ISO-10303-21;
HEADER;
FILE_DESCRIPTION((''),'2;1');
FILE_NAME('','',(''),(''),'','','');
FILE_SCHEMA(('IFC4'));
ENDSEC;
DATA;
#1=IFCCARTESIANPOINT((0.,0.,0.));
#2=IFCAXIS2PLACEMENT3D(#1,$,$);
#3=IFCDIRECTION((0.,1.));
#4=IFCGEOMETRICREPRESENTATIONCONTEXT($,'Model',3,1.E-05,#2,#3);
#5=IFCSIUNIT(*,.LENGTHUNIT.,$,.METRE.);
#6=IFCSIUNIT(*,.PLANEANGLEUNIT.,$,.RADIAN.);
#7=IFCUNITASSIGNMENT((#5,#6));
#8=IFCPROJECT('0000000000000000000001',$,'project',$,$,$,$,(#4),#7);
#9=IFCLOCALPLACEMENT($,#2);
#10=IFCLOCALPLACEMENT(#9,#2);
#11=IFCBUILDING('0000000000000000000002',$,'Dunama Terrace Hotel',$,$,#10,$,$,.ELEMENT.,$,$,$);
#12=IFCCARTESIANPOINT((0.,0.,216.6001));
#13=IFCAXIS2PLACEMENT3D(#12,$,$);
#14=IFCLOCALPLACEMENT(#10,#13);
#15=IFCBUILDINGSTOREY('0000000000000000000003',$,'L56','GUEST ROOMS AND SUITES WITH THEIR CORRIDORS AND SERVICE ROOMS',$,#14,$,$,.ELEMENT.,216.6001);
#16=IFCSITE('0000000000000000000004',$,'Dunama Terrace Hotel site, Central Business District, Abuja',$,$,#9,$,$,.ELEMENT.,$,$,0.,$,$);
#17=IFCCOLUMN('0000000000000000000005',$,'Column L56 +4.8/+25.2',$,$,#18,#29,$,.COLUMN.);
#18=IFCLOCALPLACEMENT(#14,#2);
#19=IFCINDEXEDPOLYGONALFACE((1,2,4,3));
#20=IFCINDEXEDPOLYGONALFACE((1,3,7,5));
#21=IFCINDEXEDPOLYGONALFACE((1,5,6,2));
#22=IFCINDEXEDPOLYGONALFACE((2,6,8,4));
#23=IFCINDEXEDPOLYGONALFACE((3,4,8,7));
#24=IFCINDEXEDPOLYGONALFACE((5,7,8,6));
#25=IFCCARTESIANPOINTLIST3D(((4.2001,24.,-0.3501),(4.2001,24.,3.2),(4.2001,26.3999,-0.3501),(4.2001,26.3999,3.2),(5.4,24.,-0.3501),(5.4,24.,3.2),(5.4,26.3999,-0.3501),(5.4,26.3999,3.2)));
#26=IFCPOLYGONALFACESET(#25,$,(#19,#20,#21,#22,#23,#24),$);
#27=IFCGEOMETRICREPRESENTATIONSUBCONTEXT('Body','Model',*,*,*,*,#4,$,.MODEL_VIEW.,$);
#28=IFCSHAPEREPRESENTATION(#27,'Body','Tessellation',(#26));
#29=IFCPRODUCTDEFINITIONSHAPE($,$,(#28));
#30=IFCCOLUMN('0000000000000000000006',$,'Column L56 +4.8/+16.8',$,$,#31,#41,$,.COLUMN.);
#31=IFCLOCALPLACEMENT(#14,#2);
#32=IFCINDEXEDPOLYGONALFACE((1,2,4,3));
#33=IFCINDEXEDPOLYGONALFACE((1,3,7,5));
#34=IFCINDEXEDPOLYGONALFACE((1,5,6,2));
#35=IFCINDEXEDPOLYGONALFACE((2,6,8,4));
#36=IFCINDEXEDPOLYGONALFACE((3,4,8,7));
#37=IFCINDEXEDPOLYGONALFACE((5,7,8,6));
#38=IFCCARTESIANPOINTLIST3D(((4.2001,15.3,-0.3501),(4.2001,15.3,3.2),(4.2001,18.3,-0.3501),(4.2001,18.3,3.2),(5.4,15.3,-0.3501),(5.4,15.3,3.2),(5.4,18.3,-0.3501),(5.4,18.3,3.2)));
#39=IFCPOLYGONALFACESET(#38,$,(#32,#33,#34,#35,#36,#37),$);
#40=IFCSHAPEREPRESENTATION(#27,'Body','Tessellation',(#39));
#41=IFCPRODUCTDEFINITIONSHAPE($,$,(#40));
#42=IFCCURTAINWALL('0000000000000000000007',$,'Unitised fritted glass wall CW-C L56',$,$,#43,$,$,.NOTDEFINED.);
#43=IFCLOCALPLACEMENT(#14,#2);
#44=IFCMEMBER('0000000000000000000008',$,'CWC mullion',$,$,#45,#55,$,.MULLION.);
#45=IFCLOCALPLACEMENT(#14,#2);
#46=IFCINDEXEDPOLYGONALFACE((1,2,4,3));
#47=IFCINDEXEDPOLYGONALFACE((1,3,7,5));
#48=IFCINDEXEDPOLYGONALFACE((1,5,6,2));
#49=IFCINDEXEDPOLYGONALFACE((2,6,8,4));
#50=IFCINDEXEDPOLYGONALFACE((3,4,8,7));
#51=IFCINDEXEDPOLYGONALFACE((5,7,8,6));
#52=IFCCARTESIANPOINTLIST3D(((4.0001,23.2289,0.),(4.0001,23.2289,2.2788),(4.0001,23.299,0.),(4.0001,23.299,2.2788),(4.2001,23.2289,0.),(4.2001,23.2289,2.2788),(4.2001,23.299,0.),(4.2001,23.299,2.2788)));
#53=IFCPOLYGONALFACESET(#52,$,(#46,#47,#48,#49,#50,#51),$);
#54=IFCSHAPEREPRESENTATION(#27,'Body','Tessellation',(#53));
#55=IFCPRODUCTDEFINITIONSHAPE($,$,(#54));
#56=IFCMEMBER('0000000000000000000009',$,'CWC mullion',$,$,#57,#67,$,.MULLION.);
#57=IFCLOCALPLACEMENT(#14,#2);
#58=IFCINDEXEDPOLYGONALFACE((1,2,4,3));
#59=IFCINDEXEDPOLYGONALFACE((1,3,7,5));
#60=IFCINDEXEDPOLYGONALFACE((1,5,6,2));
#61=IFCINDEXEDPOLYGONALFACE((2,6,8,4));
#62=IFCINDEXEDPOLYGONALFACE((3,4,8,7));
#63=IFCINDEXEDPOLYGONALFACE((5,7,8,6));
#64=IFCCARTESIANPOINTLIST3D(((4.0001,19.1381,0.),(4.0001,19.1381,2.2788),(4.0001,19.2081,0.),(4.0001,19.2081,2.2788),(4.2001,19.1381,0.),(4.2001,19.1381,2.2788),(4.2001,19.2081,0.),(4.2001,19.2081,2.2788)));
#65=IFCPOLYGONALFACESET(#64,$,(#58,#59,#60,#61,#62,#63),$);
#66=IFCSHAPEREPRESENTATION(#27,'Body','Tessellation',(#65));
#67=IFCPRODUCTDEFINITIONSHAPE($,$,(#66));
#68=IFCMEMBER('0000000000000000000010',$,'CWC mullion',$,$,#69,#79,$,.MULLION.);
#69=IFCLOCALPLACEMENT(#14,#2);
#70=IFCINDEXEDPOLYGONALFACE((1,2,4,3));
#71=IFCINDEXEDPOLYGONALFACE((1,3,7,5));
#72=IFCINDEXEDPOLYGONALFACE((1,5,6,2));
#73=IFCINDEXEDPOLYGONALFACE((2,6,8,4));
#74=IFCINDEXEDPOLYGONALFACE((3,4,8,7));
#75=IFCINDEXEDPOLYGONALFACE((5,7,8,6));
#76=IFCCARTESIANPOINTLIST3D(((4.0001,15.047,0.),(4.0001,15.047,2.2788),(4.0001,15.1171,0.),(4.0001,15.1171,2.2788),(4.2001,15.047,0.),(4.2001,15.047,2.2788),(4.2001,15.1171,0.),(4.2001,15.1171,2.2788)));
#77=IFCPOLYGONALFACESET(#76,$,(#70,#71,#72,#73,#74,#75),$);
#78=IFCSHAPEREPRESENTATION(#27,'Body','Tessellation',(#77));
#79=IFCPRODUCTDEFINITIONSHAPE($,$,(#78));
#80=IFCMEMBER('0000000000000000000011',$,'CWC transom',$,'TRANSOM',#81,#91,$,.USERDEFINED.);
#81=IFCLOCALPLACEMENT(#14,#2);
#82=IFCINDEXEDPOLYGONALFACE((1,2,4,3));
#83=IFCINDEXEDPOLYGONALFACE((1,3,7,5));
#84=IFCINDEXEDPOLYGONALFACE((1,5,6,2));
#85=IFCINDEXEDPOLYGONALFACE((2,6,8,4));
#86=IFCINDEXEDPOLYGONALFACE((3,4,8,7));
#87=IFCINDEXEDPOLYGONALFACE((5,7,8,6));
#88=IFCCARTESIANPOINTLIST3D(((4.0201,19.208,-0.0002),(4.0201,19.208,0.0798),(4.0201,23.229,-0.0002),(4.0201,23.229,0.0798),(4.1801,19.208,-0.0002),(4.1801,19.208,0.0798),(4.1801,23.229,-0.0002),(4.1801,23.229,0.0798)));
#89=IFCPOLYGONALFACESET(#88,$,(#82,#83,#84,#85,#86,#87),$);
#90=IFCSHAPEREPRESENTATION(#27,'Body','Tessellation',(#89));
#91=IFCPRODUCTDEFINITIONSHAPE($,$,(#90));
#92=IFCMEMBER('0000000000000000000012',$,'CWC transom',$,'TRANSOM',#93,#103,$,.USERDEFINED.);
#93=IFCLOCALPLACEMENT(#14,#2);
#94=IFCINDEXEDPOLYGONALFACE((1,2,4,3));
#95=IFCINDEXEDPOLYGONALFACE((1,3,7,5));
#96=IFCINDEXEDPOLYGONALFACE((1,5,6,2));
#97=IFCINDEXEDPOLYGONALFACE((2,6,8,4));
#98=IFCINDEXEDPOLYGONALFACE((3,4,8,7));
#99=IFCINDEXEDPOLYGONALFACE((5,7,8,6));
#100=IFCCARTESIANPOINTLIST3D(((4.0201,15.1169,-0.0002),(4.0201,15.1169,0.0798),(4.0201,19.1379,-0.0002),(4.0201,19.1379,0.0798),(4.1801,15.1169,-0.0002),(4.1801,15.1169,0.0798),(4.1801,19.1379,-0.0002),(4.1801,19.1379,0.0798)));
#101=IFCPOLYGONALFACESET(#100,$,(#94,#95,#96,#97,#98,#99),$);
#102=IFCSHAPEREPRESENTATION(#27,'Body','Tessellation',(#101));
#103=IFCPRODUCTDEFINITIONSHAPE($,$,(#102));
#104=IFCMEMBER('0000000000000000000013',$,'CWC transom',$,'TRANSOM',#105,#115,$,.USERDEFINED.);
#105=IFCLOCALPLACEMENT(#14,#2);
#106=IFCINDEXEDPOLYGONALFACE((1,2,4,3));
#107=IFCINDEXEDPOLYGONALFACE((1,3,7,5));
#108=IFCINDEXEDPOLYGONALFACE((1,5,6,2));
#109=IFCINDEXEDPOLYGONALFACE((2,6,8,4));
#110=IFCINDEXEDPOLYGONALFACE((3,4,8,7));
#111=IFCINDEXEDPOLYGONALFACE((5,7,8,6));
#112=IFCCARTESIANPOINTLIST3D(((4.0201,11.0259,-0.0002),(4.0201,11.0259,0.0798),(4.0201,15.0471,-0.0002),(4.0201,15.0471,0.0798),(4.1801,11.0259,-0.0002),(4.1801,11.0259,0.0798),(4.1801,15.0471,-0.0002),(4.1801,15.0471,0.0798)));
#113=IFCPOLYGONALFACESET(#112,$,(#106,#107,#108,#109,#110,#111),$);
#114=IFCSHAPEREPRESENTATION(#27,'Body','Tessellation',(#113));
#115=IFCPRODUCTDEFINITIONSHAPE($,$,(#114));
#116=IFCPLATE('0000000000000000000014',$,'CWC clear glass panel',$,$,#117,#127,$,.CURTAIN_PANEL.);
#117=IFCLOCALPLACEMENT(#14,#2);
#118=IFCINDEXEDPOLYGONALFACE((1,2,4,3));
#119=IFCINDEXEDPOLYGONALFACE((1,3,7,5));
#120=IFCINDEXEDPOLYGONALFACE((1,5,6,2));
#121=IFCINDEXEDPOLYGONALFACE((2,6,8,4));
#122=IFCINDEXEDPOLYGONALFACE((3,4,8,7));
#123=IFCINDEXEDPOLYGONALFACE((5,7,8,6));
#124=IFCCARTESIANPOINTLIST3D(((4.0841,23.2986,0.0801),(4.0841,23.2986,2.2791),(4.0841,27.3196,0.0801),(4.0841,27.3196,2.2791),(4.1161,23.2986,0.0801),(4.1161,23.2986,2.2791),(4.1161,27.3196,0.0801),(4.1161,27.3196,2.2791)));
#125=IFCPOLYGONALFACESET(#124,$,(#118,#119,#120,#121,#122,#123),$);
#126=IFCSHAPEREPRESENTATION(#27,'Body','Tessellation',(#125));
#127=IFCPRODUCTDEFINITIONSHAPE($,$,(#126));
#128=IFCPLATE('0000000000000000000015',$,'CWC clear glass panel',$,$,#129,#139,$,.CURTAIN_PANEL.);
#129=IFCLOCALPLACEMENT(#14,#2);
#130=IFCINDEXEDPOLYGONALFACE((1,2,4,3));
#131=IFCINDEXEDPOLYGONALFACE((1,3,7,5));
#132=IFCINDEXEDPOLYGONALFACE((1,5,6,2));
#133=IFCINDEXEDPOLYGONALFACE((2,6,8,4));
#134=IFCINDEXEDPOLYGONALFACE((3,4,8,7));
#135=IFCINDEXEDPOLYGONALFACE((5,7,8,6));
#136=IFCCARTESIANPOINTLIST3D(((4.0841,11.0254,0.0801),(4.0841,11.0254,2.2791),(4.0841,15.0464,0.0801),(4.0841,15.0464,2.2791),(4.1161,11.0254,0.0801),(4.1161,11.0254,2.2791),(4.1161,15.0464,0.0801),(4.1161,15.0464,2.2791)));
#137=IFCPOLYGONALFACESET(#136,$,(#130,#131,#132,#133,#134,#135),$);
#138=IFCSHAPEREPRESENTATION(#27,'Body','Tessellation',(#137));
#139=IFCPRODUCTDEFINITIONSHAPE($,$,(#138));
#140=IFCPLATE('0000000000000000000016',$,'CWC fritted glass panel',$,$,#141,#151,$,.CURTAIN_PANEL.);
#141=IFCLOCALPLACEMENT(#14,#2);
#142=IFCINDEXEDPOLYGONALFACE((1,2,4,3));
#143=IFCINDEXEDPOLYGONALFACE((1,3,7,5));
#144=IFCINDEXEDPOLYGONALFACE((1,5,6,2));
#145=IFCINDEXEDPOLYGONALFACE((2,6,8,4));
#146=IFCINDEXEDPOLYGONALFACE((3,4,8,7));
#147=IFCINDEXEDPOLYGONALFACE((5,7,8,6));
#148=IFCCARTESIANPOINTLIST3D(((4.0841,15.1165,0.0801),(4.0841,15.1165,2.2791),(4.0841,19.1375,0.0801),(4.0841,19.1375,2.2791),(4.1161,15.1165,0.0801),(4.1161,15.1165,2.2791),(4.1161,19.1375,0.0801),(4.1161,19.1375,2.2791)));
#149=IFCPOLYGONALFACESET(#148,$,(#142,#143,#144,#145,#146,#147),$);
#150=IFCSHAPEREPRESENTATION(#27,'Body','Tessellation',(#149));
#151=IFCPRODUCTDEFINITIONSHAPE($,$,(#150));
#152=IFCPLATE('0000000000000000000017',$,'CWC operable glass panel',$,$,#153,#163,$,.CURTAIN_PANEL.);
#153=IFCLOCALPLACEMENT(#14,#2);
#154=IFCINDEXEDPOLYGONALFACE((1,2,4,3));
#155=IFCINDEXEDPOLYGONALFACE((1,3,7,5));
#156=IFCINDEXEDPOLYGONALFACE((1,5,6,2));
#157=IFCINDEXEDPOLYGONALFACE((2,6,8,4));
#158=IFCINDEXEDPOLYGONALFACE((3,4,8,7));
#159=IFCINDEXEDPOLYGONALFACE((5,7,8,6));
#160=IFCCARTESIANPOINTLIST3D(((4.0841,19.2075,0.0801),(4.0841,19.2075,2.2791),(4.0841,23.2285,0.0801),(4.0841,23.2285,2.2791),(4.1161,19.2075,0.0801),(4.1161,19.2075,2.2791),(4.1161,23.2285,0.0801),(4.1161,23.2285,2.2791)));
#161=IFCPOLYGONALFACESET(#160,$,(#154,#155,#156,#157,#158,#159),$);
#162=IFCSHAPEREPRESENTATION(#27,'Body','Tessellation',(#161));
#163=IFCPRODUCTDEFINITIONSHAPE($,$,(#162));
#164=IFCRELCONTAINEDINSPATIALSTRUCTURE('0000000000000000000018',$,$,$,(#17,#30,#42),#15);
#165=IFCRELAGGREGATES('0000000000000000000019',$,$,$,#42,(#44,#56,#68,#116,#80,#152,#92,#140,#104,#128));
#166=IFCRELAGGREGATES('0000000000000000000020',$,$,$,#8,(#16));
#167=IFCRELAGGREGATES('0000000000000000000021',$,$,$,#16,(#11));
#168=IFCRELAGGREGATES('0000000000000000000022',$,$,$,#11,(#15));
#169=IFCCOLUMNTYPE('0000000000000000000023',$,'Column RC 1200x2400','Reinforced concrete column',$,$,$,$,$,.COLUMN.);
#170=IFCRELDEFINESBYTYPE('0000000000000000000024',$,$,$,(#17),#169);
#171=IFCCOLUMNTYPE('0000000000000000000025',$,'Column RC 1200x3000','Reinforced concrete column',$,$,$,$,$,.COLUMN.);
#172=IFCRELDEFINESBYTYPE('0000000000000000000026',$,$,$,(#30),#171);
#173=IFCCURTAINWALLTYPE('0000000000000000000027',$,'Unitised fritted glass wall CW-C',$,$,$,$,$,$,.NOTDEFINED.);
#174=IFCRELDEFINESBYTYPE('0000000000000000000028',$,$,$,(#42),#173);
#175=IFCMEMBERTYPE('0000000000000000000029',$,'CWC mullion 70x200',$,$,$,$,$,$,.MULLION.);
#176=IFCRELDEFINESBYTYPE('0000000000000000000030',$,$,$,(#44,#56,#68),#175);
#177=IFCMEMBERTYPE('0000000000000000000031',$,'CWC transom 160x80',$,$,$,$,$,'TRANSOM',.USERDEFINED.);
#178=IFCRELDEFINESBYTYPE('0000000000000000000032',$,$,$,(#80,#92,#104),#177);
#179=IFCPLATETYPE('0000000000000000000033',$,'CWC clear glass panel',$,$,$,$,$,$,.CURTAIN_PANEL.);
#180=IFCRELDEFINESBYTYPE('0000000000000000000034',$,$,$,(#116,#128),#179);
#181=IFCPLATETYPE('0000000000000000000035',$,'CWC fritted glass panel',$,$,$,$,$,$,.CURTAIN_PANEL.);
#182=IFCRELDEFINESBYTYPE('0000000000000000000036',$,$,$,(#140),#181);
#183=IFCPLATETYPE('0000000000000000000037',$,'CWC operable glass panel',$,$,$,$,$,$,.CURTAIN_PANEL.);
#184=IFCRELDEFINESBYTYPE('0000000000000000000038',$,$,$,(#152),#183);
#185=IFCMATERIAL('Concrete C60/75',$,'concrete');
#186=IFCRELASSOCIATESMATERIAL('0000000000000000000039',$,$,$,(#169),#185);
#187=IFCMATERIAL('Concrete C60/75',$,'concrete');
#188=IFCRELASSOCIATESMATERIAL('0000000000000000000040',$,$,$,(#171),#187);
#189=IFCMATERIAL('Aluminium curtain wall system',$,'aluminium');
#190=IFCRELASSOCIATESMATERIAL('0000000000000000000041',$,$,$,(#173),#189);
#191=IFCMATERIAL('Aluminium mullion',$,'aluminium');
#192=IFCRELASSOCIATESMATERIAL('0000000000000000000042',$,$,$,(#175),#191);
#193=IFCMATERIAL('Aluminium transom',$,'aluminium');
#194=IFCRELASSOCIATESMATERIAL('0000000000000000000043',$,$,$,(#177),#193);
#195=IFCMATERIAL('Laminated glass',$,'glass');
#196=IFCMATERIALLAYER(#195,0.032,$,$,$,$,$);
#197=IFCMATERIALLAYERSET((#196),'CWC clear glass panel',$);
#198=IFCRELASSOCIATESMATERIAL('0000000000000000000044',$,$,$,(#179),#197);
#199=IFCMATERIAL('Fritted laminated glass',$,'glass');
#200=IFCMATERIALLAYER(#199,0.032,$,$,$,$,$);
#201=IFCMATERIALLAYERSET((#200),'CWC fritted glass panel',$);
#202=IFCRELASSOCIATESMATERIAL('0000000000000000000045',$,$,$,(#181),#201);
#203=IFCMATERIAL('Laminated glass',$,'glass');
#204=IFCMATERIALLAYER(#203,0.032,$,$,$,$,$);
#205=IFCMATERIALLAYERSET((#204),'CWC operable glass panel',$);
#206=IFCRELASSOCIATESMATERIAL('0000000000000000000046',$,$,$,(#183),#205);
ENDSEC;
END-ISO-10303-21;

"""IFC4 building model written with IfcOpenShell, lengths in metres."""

from ifc_helpers import new_model, si_unit, direction, frame, origin, origin_2d, place, context, subcontext, project, spatial, rectangle, extrude, material, layer, layer_set, material_profile, profile_set, type_object, element, aggregate, save


model = new_model("IFC4")

# Units and contexts
model_context = context("Model", 3, precision=1e-05, world=origin(), true_north=direction((0.0, 1.0)))
body_context = subcontext(model_context, "Body", "Model", "MODEL_VIEW")
ifc_project = project(units=[si_unit("LENGTHUNIT", "METRE"), si_unit("PLANEANGLEUNIT", "RADIAN")], contexts=[model_context])

# Site, building, storey
site_placement = place(None, origin())
site = spatial("IfcSite", under=ifc_project, at=site_placement, Name="Dunama Terrace Hotel site, Central Business District, Abuja", CompositionType="ELEMENT", RefElevation=0.0)
building_placement = place(site_placement, origin())
building = spatial("IfcBuilding", under=site, at=building_placement, Name="Dunama Terrace Hotel", CompositionType="ELEMENT")
storey_placement = place(building_placement, frame((0.0, 0.0, 216.6001)))
storey = spatial("IfcBuildingStorey", under=building, at=storey_placement, Name="L56", Description="GUEST ROOMS AND SUITES WITH THEIR CORRIDORS AND SERVICE ROOMS", CompositionType="ELEMENT", Elevation=216.6001)

# Columns
ifc_material_1 = material(Name="Concrete C60/75", Category="concrete")
ifc_material_profile_1 = material_profile(ifc_material_1, rectangle(XDim=1.2, YDim=2.3999, at=origin_2d()), Name="RC 1200x2400")
ifc_profile_set_1 = profile_set([ifc_material_profile_1], Name="Concrete C60/75")
column_type_1 = type_object("IfcColumnType", Name="Column RC 1200x2400", Description="Reinforced concrete column", PredefinedType="COLUMN", material=ifc_profile_set_1)
column_1_placement = place(storey_placement, frame((4.8, 25.2, -0.3501), z_axis=(0.0, 0.0, 1.0), x_axis=(1.0, 0.0, 0.0)))
element("IfcColumn", 1, at=column_1_placement, inside=storey, type_object=column_type_1, Name="Column L56 +4.8/+25.2", PredefinedType="COLUMN", context=body_context, shape_type="SweptSolid", body=[
    extrude(rectangle(XDim=1.2, YDim=2.3999, at=origin_2d()), origin(), (0.0, 0.0, 1.0), 3.55),
])
ifc_material_2 = material(Name="Concrete C60/75", Category="concrete")
ifc_material_profile_2 = material_profile(ifc_material_2, rectangle(XDim=1.2, YDim=3.0, at=origin_2d()), Name="RC 1200x3000")
ifc_profile_set_2 = profile_set([ifc_material_profile_2], Name="Concrete C60/75")
column_type_2 = type_object("IfcColumnType", Name="Column RC 1200x3000", Description="Reinforced concrete column", PredefinedType="COLUMN", material=ifc_profile_set_2)
column_2_placement = place(storey_placement, frame((4.8, 16.8, -0.3501), z_axis=(0.0, 0.0, 1.0), x_axis=(1.0, 0.0, 0.0)))
element("IfcColumn", 2, at=column_2_placement, inside=storey, type_object=column_type_2, Name="Column L56 +4.8/+16.8", PredefinedType="COLUMN", context=body_context, shape_type="SweptSolid", body=[
    extrude(rectangle(XDim=1.2, YDim=3.0, at=origin_2d()), origin(), (0.0, 0.0, 1.0), 3.55),
])

# Curtain wall, members, plates
ifc_material_3 = material(Name="Aluminium curtain wall system", Category="aluminium")
curtain_wall_type = type_object("IfcCurtainWallType", Name="Unitised fritted glass wall CW-C", PredefinedType="NOTDEFINED", material=ifc_material_3)
curtain_wall_placement = place(storey_placement, origin())
curtain_wall = element("IfcCurtainWall", 3, at=curtain_wall_placement, inside=storey, type_object=curtain_wall_type, Name="Unitised fritted glass wall CW-C L56", PredefinedType="NOTDEFINED")
ifc_material_4 = material(Name="Aluminium mullion", Category="aluminium")
ifc_material_profile_3 = material_profile(ifc_material_4, rectangle(XDim=0.0701, YDim=0.2, at=origin_2d()), Name="CWC MULLION 70X200")
ifc_profile_set_3 = profile_set([ifc_material_profile_3], Name="Aluminium mullion")
member_type_1 = type_object("IfcMemberType", Name="CWC mullion 70x200", PredefinedType="MULLION", material=ifc_profile_set_3)
member_1_placement = place(storey_placement, frame((4.1001, 23.2639, 0.0), z_axis=(0.0, 0.0, 1.0), x_axis=(0.0, -1.0, 0.0)))
member_1 = element("IfcMember", 4, at=member_1_placement, type_object=member_type_1, Name="CWC mullion", PredefinedType="MULLION", context=body_context, shape_type="SweptSolid", body=[
    extrude(rectangle(XDim=0.0701, YDim=0.2, at=origin_2d()), origin(), (0.0, 0.0, 1.0), 2.2788),
])
member_2_placement = place(storey_placement, frame((4.1001, 19.1731, 0.0), z_axis=(0.0, 0.0, 1.0), x_axis=(0.0, -1.0, 0.0)))
member_2 = element("IfcMember", 5, at=member_2_placement, type_object=member_type_1, Name="CWC mullion", PredefinedType="MULLION", context=body_context, shape_type="SweptSolid", body=[
    extrude(rectangle(XDim=0.0701, YDim=0.2, at=origin_2d()), origin(), (0.0, 0.0, 1.0), 2.2788),
])
member_3_placement = place(storey_placement, frame((4.1001, 15.082, 0.0), z_axis=(0.0, 0.0, 1.0), x_axis=(0.0, -1.0, 0.0)))
member_3 = element("IfcMember", 6, at=member_3_placement, type_object=member_type_1, Name="CWC mullion", PredefinedType="MULLION", context=body_context, shape_type="SweptSolid", body=[
    extrude(rectangle(XDim=0.0701, YDim=0.2, at=origin_2d()), origin(), (0.0, 0.0, 1.0), 2.2788),
])
ifc_material_5 = material(Name="Aluminium transom", Category="aluminium")
ifc_material_profile_4 = material_profile(ifc_material_5, rectangle(XDim=0.1599, YDim=0.0801, at=origin_2d()), Name="CWC TRANSOM 160X80")
ifc_profile_set_4 = profile_set([ifc_material_profile_4], Name="Aluminium transom")
member_type_2 = type_object("IfcMemberType", Name="CWC transom 160x80", ElementType="TRANSOM", PredefinedType="USERDEFINED", material=ifc_profile_set_4)
member_4_placement = place(storey_placement, frame((4.1001, 23.229, 0.0398), z_axis=(0.0, -1.0, 0.0), x_axis=(1.0, 0.0, 0.0)))
member_4 = element("IfcMember", 7, at=member_4_placement, type_object=member_type_2, Name="CWC transom", ObjectType="TRANSOM", PredefinedType="USERDEFINED", context=body_context, shape_type="SweptSolid", body=[
    extrude(rectangle(XDim=0.1599, YDim=0.0801, at=origin_2d()), origin(), (0.0, 0.0, 1.0), 4.021),
])
member_5_placement = place(storey_placement, frame((4.1001, 19.1379, 0.0398), z_axis=(0.0, -1.0, 0.0), x_axis=(1.0, 0.0, 0.0)))
member_5 = element("IfcMember", 8, at=member_5_placement, type_object=member_type_2, Name="CWC transom", ObjectType="TRANSOM", PredefinedType="USERDEFINED", context=body_context, shape_type="SweptSolid", body=[
    extrude(rectangle(XDim=0.1599, YDim=0.0801, at=origin_2d()), origin(), (0.0, 0.0, 1.0), 4.021),
])
member_6_placement = place(storey_placement, frame((4.1001, 15.0471, 0.0398), z_axis=(0.0, -1.0, 0.0), x_axis=(1.0, 0.0, 0.0)))
member_6 = element("IfcMember", 9, at=member_6_placement, type_object=member_type_2, Name="CWC transom", ObjectType="TRANSOM", PredefinedType="USERDEFINED", context=body_context, shape_type="SweptSolid", body=[
    extrude(rectangle(XDim=0.1599, YDim=0.0801, at=origin_2d()), origin(), (0.0, 0.0, 1.0), 4.0212),
])
ifc_material_6 = material(Name="Laminated glass", Category="glass")
ifc_layer_1 = layer(ifc_material_6, 0.032)
ifc_layer_set_1 = layer_set([ifc_layer_1], Name="CWC clear glass panel")
plate_type_1 = type_object("IfcPlateType", Name="CWC clear glass panel", PredefinedType="CURTAIN_PANEL", material=ifc_layer_set_1)
plate_1_placement = place(storey_placement, frame((4.1001, 25.3091, 0.0801), z_axis=(0.0, 0.0, 1.0), x_axis=(0.0, -1.0, 0.0)))
plate_1 = element("IfcPlate", 10, at=plate_1_placement, type_object=plate_type_1, Name="CWC clear glass panel", PredefinedType="CURTAIN_PANEL", context=body_context, shape_type="SweptSolid", body=[
    extrude(rectangle(XDim=4.021, YDim=0.032, at=origin_2d()), origin(), (0.0, 0.0, 1.0), 2.199),
])
plate_2_placement = place(storey_placement, frame((4.1001, 13.0359, 0.0801), z_axis=(0.0, 0.0, 1.0), x_axis=(0.0, -1.0, 0.0)))
plate_2 = element("IfcPlate", 11, at=plate_2_placement, type_object=plate_type_1, Name="CWC clear glass panel", PredefinedType="CURTAIN_PANEL", context=body_context, shape_type="SweptSolid", body=[
    extrude(rectangle(XDim=4.021, YDim=0.032, at=origin_2d()), origin(), (0.0, 0.0, 1.0), 2.199),
])
ifc_material_7 = material(Name="Fritted laminated glass", Category="glass")
ifc_layer_2 = layer(ifc_material_7, 0.032)
ifc_layer_set_2 = layer_set([ifc_layer_2], Name="CWC fritted glass panel")
plate_type_2 = type_object("IfcPlateType", Name="CWC fritted glass panel", PredefinedType="CURTAIN_PANEL", material=ifc_layer_set_2)
plate_3_placement = place(storey_placement, frame((4.1001, 17.127, 0.0801), z_axis=(0.0, 0.0, 1.0), x_axis=(0.0, -1.0, 0.0)))
plate_3 = element("IfcPlate", 12, at=plate_3_placement, type_object=plate_type_2, Name="CWC fritted glass panel", PredefinedType="CURTAIN_PANEL", context=body_context, shape_type="SweptSolid", body=[
    extrude(rectangle(XDim=4.021, YDim=0.032, at=origin_2d()), origin(), (0.0, 0.0, 1.0), 2.199),
])
ifc_material_8 = material(Name="Laminated glass", Category="glass")
ifc_layer_3 = layer(ifc_material_8, 0.032)
ifc_layer_set_3 = layer_set([ifc_layer_3], Name="CWC operable glass panel")
plate_type_3 = type_object("IfcPlateType", Name="CWC operable glass panel", PredefinedType="CURTAIN_PANEL", material=ifc_layer_set_3)
plate_4_placement = place(storey_placement, frame((4.1001, 21.218, 0.0801), z_axis=(0.0, 0.0, 1.0), x_axis=(0.0, -1.0, 0.0)))
plate_4 = element("IfcPlate", 13, at=plate_4_placement, type_object=plate_type_3, Name="CWC operable glass panel", PredefinedType="CURTAIN_PANEL", context=body_context, shape_type="SweptSolid", body=[
    extrude(rectangle(XDim=4.021, YDim=0.032, at=origin_2d()), origin(), (0.0, 0.0, 1.0), 2.199),
])
aggregate(curtain_wall, [member_1, member_2, member_3, plate_1, member_4, plate_4, member_5, plate_3, member_6, plate_2])

save(model, "model.ifc")
